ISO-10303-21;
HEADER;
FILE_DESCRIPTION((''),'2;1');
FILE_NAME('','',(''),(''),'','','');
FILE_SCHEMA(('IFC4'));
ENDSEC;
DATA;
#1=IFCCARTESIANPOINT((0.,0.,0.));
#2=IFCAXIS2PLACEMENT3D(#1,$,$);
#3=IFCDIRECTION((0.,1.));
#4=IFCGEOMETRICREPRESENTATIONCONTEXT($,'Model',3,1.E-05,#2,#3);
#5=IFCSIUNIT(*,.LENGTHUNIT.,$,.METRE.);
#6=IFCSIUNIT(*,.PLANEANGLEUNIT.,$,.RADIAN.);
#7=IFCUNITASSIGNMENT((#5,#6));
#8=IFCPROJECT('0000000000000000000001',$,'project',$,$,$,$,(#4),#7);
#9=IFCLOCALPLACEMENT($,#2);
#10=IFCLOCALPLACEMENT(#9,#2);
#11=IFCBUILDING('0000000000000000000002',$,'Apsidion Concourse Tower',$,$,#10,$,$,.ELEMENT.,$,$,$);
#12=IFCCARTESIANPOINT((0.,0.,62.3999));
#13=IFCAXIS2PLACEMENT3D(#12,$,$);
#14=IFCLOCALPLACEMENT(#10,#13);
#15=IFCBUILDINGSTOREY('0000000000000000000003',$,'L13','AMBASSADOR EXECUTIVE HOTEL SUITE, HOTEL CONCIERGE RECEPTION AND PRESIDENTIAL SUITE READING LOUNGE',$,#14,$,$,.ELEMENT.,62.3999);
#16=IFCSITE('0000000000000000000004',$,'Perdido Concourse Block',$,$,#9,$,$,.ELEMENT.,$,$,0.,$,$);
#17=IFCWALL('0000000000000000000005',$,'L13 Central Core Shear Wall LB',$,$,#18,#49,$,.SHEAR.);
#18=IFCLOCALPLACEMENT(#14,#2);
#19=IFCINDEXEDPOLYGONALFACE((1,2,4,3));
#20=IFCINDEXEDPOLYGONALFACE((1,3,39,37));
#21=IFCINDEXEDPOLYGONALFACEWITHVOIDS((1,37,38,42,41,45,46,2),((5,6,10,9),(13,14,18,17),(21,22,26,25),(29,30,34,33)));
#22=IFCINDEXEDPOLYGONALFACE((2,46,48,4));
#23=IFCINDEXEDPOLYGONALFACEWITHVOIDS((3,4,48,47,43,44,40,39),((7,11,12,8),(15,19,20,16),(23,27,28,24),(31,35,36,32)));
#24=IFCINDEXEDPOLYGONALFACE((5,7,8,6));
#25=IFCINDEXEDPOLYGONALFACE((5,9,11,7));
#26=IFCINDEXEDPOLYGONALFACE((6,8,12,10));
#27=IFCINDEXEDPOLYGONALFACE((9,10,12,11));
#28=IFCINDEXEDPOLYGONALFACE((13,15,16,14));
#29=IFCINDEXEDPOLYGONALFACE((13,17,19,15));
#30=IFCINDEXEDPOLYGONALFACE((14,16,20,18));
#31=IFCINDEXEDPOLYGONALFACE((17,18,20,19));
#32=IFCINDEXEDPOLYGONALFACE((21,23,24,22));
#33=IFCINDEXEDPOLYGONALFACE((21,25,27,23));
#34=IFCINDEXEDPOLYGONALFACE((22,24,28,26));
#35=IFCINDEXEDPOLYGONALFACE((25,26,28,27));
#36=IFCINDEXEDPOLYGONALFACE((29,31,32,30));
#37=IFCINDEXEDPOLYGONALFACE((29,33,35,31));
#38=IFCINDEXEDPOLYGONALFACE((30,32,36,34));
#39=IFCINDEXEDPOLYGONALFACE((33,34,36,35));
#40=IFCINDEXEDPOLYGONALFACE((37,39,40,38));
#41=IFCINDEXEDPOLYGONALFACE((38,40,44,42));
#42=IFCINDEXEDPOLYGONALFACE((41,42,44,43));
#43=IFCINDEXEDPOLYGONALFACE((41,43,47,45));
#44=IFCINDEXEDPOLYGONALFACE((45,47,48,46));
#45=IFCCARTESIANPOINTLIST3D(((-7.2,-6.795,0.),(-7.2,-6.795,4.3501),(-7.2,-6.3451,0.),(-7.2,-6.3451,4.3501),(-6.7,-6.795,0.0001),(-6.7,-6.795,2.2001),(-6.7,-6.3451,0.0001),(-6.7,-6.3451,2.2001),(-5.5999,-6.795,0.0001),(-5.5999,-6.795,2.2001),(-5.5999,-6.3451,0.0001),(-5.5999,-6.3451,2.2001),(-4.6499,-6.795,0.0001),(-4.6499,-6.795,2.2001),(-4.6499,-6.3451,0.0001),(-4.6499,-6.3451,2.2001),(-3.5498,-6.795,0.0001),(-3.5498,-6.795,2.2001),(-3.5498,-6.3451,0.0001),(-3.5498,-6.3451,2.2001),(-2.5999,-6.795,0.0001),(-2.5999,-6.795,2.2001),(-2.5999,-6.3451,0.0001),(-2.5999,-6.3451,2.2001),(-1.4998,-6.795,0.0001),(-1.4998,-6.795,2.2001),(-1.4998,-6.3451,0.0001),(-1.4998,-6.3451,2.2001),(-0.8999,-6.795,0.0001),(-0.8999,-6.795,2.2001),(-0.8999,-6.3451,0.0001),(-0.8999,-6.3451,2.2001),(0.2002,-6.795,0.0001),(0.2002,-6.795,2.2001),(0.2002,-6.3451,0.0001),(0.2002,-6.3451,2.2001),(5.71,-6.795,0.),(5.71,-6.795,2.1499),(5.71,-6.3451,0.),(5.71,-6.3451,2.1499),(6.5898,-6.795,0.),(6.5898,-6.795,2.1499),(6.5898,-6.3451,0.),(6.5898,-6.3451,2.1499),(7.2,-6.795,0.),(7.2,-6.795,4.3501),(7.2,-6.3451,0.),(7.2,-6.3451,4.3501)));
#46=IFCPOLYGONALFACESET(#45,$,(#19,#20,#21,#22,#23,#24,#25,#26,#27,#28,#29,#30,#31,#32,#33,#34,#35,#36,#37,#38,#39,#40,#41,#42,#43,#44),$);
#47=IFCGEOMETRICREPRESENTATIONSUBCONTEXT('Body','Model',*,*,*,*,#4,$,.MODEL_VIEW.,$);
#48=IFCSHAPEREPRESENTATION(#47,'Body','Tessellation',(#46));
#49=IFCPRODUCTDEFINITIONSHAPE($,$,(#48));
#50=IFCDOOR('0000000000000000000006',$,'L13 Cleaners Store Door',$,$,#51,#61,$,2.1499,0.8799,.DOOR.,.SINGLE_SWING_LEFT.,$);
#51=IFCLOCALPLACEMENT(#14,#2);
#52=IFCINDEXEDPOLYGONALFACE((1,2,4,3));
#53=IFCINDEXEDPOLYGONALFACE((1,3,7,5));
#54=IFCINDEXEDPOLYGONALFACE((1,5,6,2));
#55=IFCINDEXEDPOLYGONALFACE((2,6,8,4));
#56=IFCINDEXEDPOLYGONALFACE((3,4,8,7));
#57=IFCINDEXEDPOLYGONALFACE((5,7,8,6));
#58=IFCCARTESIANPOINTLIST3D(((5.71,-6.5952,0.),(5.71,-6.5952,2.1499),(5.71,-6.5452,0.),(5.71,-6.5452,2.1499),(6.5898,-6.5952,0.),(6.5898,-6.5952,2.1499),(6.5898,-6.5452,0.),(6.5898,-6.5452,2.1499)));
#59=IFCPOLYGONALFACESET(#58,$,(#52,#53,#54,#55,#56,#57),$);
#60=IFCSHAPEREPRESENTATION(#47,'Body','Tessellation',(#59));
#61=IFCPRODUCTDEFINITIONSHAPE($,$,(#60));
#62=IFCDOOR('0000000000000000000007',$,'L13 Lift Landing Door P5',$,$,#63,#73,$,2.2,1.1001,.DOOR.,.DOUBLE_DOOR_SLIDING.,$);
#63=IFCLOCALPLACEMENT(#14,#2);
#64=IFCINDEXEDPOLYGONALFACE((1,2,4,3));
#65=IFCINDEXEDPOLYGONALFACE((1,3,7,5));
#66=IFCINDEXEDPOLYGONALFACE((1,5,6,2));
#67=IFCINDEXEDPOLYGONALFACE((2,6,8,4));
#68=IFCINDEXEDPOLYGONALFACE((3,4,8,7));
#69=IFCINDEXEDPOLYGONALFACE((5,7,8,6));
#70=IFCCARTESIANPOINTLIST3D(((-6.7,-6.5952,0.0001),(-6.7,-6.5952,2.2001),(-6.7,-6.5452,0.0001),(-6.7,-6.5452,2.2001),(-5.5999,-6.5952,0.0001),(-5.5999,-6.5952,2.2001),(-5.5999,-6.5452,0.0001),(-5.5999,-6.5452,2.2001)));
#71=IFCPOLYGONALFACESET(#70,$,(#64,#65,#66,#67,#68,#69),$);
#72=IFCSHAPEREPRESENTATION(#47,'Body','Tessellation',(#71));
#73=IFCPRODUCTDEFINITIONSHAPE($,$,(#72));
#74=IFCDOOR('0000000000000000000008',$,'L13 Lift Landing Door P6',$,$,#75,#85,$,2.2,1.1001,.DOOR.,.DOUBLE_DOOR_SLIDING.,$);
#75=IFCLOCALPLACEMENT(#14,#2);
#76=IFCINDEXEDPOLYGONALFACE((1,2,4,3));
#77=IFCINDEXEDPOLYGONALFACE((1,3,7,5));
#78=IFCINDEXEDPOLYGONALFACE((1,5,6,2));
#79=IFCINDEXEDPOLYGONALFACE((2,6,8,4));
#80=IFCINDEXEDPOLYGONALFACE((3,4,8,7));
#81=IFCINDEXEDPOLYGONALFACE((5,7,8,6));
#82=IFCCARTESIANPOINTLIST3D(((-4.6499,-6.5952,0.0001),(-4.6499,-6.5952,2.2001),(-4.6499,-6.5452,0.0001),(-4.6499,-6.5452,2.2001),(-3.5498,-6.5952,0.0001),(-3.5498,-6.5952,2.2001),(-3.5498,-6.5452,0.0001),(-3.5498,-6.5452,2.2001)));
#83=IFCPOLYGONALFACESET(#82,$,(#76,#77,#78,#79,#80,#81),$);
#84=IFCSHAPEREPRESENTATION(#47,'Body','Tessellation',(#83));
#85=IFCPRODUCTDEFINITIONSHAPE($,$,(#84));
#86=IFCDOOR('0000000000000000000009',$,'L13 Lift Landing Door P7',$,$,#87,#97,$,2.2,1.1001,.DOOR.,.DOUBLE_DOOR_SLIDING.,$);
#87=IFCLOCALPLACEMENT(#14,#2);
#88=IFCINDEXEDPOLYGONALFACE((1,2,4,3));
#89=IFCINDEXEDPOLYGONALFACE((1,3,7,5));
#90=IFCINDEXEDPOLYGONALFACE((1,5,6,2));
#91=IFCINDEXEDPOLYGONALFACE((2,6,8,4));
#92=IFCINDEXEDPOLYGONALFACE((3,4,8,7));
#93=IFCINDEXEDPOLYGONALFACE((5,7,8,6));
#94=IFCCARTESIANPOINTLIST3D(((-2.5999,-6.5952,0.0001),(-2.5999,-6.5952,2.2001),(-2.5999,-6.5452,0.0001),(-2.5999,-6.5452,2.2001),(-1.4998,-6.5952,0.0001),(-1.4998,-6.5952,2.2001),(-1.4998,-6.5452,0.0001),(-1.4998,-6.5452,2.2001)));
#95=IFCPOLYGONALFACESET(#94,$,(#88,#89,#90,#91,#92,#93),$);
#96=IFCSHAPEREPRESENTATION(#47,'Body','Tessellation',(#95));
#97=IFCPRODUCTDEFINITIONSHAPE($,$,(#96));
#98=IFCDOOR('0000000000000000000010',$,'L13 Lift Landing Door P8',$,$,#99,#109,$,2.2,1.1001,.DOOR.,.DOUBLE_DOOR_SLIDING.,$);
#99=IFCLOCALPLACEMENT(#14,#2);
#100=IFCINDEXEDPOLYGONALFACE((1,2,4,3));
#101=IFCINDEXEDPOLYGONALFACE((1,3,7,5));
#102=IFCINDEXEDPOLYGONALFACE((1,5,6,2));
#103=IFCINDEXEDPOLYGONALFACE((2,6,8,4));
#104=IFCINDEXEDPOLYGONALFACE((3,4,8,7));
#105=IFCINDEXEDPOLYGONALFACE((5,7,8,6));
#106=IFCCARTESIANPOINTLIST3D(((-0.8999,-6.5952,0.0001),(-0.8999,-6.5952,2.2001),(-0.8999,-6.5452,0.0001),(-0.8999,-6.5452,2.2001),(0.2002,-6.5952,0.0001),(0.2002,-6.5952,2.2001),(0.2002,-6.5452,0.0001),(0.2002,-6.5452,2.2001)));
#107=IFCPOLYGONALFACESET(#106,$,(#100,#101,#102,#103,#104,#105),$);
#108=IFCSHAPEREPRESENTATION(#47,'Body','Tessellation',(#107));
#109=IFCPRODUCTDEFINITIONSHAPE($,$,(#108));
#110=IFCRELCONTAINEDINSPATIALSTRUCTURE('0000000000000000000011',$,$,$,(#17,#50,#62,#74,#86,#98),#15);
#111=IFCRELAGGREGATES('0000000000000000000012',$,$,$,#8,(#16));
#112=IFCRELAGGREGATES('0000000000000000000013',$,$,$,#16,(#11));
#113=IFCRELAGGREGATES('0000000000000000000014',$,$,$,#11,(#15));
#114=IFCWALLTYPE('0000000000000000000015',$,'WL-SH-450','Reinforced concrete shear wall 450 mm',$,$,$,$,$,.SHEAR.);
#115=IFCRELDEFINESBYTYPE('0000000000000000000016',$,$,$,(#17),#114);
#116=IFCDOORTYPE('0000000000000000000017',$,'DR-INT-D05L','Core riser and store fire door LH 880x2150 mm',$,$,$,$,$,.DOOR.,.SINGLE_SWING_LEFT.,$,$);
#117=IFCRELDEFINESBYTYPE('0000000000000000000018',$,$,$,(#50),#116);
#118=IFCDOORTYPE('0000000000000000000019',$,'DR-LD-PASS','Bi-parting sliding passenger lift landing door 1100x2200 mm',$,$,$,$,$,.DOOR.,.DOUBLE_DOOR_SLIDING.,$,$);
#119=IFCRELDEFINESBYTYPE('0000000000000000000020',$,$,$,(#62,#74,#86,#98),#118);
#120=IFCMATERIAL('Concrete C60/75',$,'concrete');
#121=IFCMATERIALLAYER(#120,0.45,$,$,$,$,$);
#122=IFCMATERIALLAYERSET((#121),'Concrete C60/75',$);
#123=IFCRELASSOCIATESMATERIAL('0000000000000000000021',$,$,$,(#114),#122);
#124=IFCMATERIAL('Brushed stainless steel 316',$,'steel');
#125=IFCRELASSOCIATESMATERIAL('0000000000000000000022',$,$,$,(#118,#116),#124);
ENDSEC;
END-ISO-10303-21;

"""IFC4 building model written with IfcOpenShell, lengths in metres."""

from ifc_helpers import new_model, si_unit, direction, frame, frame_2d, origin, place, context, subcontext, project, spatial, rectangle, extrude, material, layer, layer_set, type_object, element, fill, save


model = new_model("IFC4")

# Units and contexts
model_context = context("Model", 3, precision=1e-05, world=origin(), true_north=direction((0.0, 1.0)))
body_context = subcontext(model_context, "Body", "Model", "MODEL_VIEW")
ifc_project = project(units=[si_unit("LENGTHUNIT", "METRE"), si_unit("PLANEANGLEUNIT", "RADIAN")], contexts=[model_context])

# Site, building, storey
site_placement = place(None, origin())
site = spatial("IfcSite", under=ifc_project, at=site_placement, Name="Perdido Concourse Block", CompositionType="ELEMENT", RefElevation=0.0)
building_placement = place(site_placement, origin())
building = spatial("IfcBuilding", under=site, at=building_placement, Name="Apsidion Concourse Tower", CompositionType="ELEMENT")
storey_placement = place(building_placement, frame((0.0, 0.0, 62.3999)))
storey = spatial("IfcBuildingStorey", under=building, at=storey_placement, Name="L13", Description="AMBASSADOR EXECUTIVE HOTEL SUITE, HOTEL CONCIERGE RECEPTION AND PRESIDENTIAL SUITE READING LOUNGE", CompositionType="ELEMENT", Elevation=62.3999)

# Shared definitions
ifc_material_1 = material(Name="Concrete C60/75", Category="concrete")

# Wall, openings, doors
ifc_layer_1 = layer(ifc_material_1, 0.45)
ifc_layer_set_1 = layer_set([ifc_layer_1], Name="Concrete C60/75")
wall_type_1 = type_object("IfcWallType", Name="WL-SH-450", Description="Reinforced concrete shear wall 450 mm", PredefinedType="SHEAR", material=ifc_layer_set_1)
ifc_material_2 = material(Name="Brushed stainless steel 316", Category="steel")
door_type_1 = type_object("IfcDoorType", Name="DR-LD-PASS", Description="Bi-parting sliding passenger lift landing door 1100x2200 mm", OperationType="DOUBLE_DOOR_SLIDING", PredefinedType="DOOR", material=ifc_material_2)
wall_1_placement = place(storey_placement, frame((-7.2, -6.5701, 0.0), z_axis=(0.0, 0.0, 1.0), x_axis=(1.0, 0.0, 0.0)))
wall_1 = element("IfcWall", 1, at=wall_1_placement, inside=storey, type_object=wall_type_1, Name="L13 Central Core Shear Wall LB", PredefinedType="SHEAR", context=body_context, shape_type="SweptSolid", body=[
    extrude(rectangle(XDim=14.3999, YDim=0.45, at=frame_2d((7.2, 0.0))), origin(), (0.0, 0.0, 1.0), 4.3501),
])
opening_1_placement = place(wall_1_placement, frame((0.5, 0.0, 0.0)))
opening_1 = element("IfcOpeningElement", 2, at=opening_1_placement, cuts=wall_1, PredefinedType="OPENING", context=body_context, shape_type="SweptSolid", body=[
    extrude(rectangle(XDim=1.1001, YDim=2.2, at=frame_2d((0.55, 1.1001))), frame((0.0, 0.2349, 0.0), z_axis=(0.0, -1.0, 0.0), x_axis=(1.0, 0.0, 0.0)), (0.0, 0.0, 1.0), 0.47),
])
opening_2_placement = place(wall_1_placement, frame((2.55, 0.0, 0.0)))
opening_2 = element("IfcOpeningElement", 3, at=opening_2_placement, cuts=wall_1, PredefinedType="OPENING", context=body_context, shape_type="SweptSolid", body=[
    extrude(rectangle(XDim=1.1001, YDim=2.2, at=frame_2d((0.55, 1.1001))), frame((0.0, 0.2349, 0.0), z_axis=(0.0, -1.0, 0.0), x_axis=(1.0, 0.0, 0.0)), (0.0, 0.0, 1.0), 0.47),
])
opening_3_placement = place(wall_1_placement, frame((4.6001, 0.0, 0.0)))
opening_3 = element("IfcOpeningElement", 4, at=opening_3_placement, cuts=wall_1, PredefinedType="OPENING", context=body_context, shape_type="SweptSolid", body=[
    extrude(rectangle(XDim=1.1001, YDim=2.2, at=frame_2d((0.55, 1.1001))), frame((0.0, 0.2349, 0.0), z_axis=(0.0, -1.0, 0.0), x_axis=(1.0, 0.0, 0.0)), (0.0, 0.0, 1.0), 0.47),
])
opening_4_placement = place(wall_1_placement, frame((6.3, 0.0, 0.0)))
opening_4 = element("IfcOpeningElement", 5, at=opening_4_placement, cuts=wall_1, PredefinedType="OPENING", context=body_context, shape_type="SweptSolid", body=[
    extrude(rectangle(XDim=1.1001, YDim=2.2, at=frame_2d((0.55, 1.1001))), frame((0.0, 0.2349, 0.0), z_axis=(0.0, -1.0, 0.0), x_axis=(1.0, 0.0, 0.0)), (0.0, 0.0, 1.0), 0.47),
])
opening_5_placement = place(wall_1_placement, frame((12.9099, 0.0, 0.0)))
opening_5 = element("IfcOpeningElement", 6, at=opening_5_placement, cuts=wall_1, PredefinedType="OPENING", context=body_context, shape_type="SweptSolid", body=[
    extrude(rectangle(XDim=0.8799, YDim=2.1499, at=frame_2d((0.4399, 1.075))), frame((0.0, 0.2349, 0.0), z_axis=(0.0, -1.0, 0.0), x_axis=(1.0, 0.0, 0.0)), (0.0, 0.0, 1.0), 0.47),
])
door_type_2 = type_object("IfcDoorType", Name="DR-INT-D05L", Description="Core riser and store fire door LH 880x2150 mm", OperationType="SINGLE_SWING_LEFT", PredefinedType="DOOR", material=ifc_material_2)
door_1_placement = place(opening_5_placement, origin())
door_1 = element("IfcDoor", 7, at=door_1_placement, inside=storey, type_object=door_type_2, Name="L13 Cleaners Store Door", OperationType="SINGLE_SWING_LEFT", OverallHeight=2.1499, OverallWidth=0.8799, PredefinedType="DOOR", context=body_context, shape_type="SweptSolid", body=[
    extrude(rectangle(XDim=0.8799, YDim=2.1499, at=frame_2d((0.4399, 1.075))), frame((0.0, 0.0249, 0.0), z_axis=(0.0, -1.0, 0.0), x_axis=(1.0, 0.0, 0.0)), (0.0, 0.0, 1.0), 0.05),
])
fill(opening_5, door_1)
door_2_placement = place(opening_1_placement, origin())
door_2 = element("IfcDoor", 8, at=door_2_placement, inside=storey, type_object=door_type_1, Name="L13 Lift Landing Door P5", OperationType="DOUBLE_DOOR_SLIDING", OverallHeight=2.2, OverallWidth=1.1001, PredefinedType="DOOR", context=body_context, shape_type="SweptSolid", body=[
    extrude(rectangle(XDim=1.1001, YDim=2.2, at=frame_2d((0.55, 1.1001))), frame((0.0, 0.0249, 0.0), z_axis=(0.0, -1.0, 0.0), x_axis=(1.0, 0.0, 0.0)), (0.0, 0.0, 1.0), 0.05),
])
fill(opening_1, door_2)
door_3_placement = place(opening_2_placement, origin())
door_3 = element("IfcDoor", 9, at=door_3_placement, inside=storey, type_object=door_type_1, Name="L13 Lift Landing Door P6", OperationType="DOUBLE_DOOR_SLIDING", OverallHeight=2.2, OverallWidth=1.1001, PredefinedType="DOOR", context=body_context, shape_type="SweptSolid", body=[
    extrude(rectangle(XDim=1.1001, YDim=2.2, at=frame_2d((0.55, 1.1001))), frame((0.0, 0.0249, 0.0), z_axis=(0.0, -1.0, 0.0), x_axis=(1.0, 0.0, 0.0)), (0.0, 0.0, 1.0), 0.05),
])
fill(opening_2, door_3)
door_4_placement = place(opening_3_placement, origin())
door_4 = element("IfcDoor", 10, at=door_4_placement, inside=storey, type_object=door_type_1, Name="L13 Lift Landing Door P7", OperationType="DOUBLE_DOOR_SLIDING", OverallHeight=2.2, OverallWidth=1.1001, PredefinedType="DOOR", context=body_context, shape_type="SweptSolid", body=[
    extrude(rectangle(XDim=1.1001, YDim=2.2, at=frame_2d((0.55, 1.1001))), frame((0.0, 0.0249, 0.0), z_axis=(0.0, -1.0, 0.0), x_axis=(1.0, 0.0, 0.0)), (0.0, 0.0, 1.0), 0.05),
])
fill(opening_3, door_4)
door_5_placement = place(opening_4_placement, origin())
door_5 = element("IfcDoor", 11, at=door_5_placement, inside=storey, type_object=door_type_1, Name="L13 Lift Landing Door P8", OperationType="DOUBLE_DOOR_SLIDING", OverallHeight=2.2, OverallWidth=1.1001, PredefinedType="DOOR", context=body_context, shape_type="SweptSolid", body=[
    extrude(rectangle(XDim=1.1001, YDim=2.2, at=frame_2d((0.55, 1.1001))), frame((0.0, 0.0249, 0.0), z_axis=(0.0, -1.0, 0.0), x_axis=(1.0, 0.0, 0.0)), (0.0, 0.0, 1.0), 0.05),
])
fill(opening_4, door_5)

save(model, "model.ifc")
